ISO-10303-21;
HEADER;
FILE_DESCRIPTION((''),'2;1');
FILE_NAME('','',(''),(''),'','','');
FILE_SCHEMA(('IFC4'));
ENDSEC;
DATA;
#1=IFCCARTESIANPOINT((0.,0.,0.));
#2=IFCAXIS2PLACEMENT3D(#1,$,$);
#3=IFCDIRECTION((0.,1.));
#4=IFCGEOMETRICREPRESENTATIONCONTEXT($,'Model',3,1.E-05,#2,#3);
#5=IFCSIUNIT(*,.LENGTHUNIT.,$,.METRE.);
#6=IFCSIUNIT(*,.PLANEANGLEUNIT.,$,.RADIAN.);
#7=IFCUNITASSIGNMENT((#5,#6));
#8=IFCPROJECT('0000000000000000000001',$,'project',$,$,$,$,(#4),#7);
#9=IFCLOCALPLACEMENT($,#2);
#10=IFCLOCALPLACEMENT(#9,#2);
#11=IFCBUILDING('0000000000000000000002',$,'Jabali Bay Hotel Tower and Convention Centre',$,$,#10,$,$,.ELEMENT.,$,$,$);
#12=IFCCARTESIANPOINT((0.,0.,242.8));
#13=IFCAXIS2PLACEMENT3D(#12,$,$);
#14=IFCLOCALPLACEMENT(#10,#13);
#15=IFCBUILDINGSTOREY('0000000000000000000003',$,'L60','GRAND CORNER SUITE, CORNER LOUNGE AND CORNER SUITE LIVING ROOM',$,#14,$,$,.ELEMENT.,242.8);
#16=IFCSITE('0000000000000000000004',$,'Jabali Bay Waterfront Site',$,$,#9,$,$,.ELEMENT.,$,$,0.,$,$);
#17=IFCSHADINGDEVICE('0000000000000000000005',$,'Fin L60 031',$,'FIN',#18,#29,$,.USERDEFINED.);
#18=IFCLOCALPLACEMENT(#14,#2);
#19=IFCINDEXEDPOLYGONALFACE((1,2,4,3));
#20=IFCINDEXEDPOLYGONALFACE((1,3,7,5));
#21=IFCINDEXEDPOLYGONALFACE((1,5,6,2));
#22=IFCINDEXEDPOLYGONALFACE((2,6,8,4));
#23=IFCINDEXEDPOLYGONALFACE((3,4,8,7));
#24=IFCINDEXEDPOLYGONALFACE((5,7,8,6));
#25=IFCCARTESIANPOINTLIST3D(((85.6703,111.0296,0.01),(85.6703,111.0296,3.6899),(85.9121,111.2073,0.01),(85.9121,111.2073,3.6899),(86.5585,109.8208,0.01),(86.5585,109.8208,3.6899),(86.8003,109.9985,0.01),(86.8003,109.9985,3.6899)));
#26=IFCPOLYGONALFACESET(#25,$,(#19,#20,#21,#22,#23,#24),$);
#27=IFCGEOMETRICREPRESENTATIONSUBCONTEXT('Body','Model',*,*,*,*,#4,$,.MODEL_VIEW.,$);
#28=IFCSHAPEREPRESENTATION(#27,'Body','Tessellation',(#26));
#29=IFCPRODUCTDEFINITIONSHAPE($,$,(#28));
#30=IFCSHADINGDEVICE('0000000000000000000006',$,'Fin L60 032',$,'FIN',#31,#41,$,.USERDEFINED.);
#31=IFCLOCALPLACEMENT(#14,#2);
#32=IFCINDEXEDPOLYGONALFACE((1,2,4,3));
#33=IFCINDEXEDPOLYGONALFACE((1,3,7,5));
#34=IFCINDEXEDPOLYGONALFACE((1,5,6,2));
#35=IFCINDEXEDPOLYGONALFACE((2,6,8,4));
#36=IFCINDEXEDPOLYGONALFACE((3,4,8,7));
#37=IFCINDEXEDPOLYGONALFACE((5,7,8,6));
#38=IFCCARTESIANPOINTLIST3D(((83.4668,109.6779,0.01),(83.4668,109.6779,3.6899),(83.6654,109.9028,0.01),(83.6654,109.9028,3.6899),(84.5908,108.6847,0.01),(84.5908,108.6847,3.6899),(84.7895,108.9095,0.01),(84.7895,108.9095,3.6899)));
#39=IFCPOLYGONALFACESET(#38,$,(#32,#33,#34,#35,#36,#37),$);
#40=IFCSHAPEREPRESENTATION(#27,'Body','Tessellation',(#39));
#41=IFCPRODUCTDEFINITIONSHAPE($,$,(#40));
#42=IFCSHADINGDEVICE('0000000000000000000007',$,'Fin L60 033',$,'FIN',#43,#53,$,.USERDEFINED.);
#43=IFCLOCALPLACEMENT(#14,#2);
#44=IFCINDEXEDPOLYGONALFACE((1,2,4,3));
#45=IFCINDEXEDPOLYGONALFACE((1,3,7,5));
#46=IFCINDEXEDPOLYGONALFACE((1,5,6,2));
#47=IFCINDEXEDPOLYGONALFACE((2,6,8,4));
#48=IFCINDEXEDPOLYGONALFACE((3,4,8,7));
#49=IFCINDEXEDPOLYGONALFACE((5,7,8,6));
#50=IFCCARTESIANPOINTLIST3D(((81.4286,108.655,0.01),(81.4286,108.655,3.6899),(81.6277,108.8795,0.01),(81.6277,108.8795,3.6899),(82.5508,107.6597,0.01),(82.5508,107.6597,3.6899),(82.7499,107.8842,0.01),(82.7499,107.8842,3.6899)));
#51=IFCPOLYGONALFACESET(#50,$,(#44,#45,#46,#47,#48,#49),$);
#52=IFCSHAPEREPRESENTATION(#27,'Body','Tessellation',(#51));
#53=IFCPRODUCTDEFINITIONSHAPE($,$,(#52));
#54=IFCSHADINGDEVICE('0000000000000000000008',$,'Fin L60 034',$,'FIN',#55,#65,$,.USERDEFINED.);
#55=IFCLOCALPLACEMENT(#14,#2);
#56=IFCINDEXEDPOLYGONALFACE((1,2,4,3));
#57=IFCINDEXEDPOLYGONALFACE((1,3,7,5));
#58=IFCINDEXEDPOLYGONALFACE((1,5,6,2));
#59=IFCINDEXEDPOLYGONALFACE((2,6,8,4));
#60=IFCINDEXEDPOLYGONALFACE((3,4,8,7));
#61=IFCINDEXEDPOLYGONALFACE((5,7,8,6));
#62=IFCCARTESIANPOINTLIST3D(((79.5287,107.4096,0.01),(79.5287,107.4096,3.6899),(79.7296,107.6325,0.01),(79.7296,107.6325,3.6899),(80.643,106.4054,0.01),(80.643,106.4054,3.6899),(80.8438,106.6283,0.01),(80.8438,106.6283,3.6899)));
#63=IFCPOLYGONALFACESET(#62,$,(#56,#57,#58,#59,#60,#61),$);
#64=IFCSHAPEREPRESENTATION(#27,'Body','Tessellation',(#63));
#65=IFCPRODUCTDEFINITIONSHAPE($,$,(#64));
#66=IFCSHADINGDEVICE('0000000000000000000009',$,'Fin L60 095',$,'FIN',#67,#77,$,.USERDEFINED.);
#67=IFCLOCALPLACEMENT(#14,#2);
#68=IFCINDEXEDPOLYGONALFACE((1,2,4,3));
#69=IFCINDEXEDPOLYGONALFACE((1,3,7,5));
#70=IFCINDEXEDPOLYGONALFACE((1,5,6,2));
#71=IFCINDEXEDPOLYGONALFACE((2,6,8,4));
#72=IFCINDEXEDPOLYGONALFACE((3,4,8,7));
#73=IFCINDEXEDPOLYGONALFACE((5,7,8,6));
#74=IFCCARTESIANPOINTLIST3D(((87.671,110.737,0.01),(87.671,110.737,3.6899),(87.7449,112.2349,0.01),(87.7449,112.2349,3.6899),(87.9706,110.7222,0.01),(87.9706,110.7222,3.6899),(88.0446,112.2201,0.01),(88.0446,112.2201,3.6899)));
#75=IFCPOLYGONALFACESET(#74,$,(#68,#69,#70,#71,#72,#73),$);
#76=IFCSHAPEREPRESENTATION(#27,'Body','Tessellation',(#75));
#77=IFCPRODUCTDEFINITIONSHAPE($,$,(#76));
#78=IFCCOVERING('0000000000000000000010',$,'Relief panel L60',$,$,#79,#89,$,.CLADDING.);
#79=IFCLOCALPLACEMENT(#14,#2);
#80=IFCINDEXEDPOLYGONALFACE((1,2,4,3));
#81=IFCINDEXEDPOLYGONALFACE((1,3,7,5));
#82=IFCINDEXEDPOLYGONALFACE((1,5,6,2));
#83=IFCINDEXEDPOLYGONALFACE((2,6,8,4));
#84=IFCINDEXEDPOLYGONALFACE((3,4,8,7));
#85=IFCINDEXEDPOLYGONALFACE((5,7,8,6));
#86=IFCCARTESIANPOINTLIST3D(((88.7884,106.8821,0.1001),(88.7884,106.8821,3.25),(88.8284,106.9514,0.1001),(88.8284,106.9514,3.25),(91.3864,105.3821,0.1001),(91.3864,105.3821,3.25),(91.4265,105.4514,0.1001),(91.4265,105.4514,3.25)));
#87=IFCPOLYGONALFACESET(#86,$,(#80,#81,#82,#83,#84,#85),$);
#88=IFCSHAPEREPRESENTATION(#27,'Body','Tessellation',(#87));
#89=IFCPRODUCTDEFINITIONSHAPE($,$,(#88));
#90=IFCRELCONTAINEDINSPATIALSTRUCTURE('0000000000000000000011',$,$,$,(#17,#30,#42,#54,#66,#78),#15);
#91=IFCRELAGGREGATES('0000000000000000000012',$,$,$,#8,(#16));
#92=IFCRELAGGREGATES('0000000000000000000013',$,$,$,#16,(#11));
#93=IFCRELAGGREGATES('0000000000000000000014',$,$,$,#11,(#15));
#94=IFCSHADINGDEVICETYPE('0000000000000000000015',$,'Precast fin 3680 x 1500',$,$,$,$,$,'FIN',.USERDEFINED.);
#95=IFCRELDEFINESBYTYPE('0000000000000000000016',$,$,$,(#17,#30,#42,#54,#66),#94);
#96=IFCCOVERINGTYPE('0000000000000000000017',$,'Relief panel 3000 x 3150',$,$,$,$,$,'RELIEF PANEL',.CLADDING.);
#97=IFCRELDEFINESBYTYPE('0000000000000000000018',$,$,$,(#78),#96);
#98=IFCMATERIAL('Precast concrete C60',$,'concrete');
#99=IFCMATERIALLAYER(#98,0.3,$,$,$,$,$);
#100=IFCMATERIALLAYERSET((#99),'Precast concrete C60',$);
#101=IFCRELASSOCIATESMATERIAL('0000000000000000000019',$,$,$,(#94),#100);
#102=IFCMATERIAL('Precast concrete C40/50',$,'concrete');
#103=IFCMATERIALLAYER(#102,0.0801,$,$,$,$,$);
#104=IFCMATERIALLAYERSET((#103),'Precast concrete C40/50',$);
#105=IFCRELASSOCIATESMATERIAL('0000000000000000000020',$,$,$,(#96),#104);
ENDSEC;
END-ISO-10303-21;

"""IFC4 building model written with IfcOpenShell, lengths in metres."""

from ifc_helpers import new_model, si_unit, direction, frame, frame_2d, origin, origin_2d, place, context, subcontext, project, spatial, rectangle, extrude, material, layer, layer_set, type_object, element, save


model = new_model("IFC4")

# Units and contexts
model_context = context("Model", 3, precision=1e-05, world=origin(), true_north=direction((0.0, 1.0)))
body_context = subcontext(model_context, "Body", "Model", "MODEL_VIEW")
ifc_project = project(units=[si_unit("LENGTHUNIT", "METRE"), si_unit("PLANEANGLEUNIT", "RADIAN")], contexts=[model_context])

# Site, building, storey
site_placement = place(None, origin())
site = spatial("IfcSite", under=ifc_project, at=site_placement, Name="Jabali Bay Waterfront Site", CompositionType="ELEMENT", RefElevation=0.0)
building_placement = place(site_placement, origin())
building = spatial("IfcBuilding", under=site, at=building_placement, Name="Jabali Bay Hotel Tower and Convention Centre", CompositionType="ELEMENT")
storey_placement = place(building_placement, frame((0.0, 0.0, 242.8)))
storey = spatial("IfcBuildingStorey", under=building, at=storey_placement, Name="L60", Description="GRAND CORNER SUITE, CORNER LOUNGE AND CORNER SUITE LIVING ROOM", CompositionType="ELEMENT", Elevation=242.8)

# Shading devices
ifc_material_1 = material(Name="Precast concrete C60", Category="concrete")
ifc_layer_1 = layer(ifc_material_1, 0.3)
ifc_layer_set_1 = layer_set([ifc_layer_1], Name="Precast concrete C60")
shading_device_type = type_object("IfcShadingDeviceType", Name="Precast fin 3680 x 1500", ElementType="FIN", PredefinedType="USERDEFINED", material=ifc_layer_set_1)
for number, where, z_axis, x_axis, name in (
    (1, (86.6794, 109.9097, 0.01), (0.0, 0.0, 1.0), (-0.592133, 0.805841, 0.0), "Fin L60 031"),
    (2, (84.6902, 108.7971, 0.01), (0.0, 0.0, 1.0), (-0.749382, 0.662138, 0.0), "Fin L60 032"),
    (3, (82.6504, 107.772, 0.01), (0.0, 0.0, 1.0), (-0.748154, 0.663525, 0.0), "Fin L60 033"),
    (4, (80.7434, 106.5168, 0.01), (0.0, 0.0, 1.0), (-0.742857, 0.66945, 0.0), "Fin L60 034"),
):
    element("IfcShadingDevice", number, at=place(storey_placement, frame(where, z_axis=z_axis, x_axis=x_axis)), inside=storey, type_object=shading_device_type, Name=name, ObjectType="FIN", PredefinedType="USERDEFINED", context=body_context, shape_type="SweptSolid", body=[
        extrude(rectangle(XDim=1.5, YDim=0.3, at=frame_2d((0.75, 0.0))), origin(), (0.0, 0.0, 1.0), 3.6799),
    ])
shading_device_placement = place(storey_placement, frame((87.8208, 110.7295, 0.01), z_axis=(0.0, 0.0, 1.0), x_axis=(0.049321, 0.998783, 0.0)))
element("IfcShadingDevice", 5, at=shading_device_placement, inside=storey, type_object=shading_device_type, Name="Fin L60 095", ObjectType="FIN", PredefinedType="USERDEFINED", context=body_context, shape_type="SweptSolid", body=[
    extrude(rectangle(XDim=1.4998, YDim=0.3, at=frame_2d((0.75, 0.0))), origin(), (0.0, 0.0, 1.0), 3.6799),
])

# Covering
ifc_material_2 = material(Name="Precast concrete C40/50", Category="concrete")
ifc_layer_2 = layer(ifc_material_2, 0.0801)
ifc_layer_set_2 = layer_set([ifc_layer_2], Name="Precast concrete C40/50")
covering_type = type_object("IfcCoveringType", Name="Relief panel 3000 x 3150", ElementType="RELIEF PANEL", PredefinedType="CLADDING", material=ifc_layer_set_2)
covering_placement = place(storey_placement, frame((90.1074, 106.1667, 0.1001), z_axis=(0.0, 0.0, 1.0), x_axis=(0.866025, -0.5, 0.0)))
element("IfcCovering", 6, at=covering_placement, inside=storey, type_object=covering_type, Name="Relief panel L60", PredefinedType="CLADDING", context=body_context, shape_type="SweptSolid", body=[
    extrude(rectangle(XDim=3.0, YDim=0.0801, at=origin_2d()), origin(), (0.0, 0.0, 1.0), 3.1499),
])

save(model, "model.ifc")
